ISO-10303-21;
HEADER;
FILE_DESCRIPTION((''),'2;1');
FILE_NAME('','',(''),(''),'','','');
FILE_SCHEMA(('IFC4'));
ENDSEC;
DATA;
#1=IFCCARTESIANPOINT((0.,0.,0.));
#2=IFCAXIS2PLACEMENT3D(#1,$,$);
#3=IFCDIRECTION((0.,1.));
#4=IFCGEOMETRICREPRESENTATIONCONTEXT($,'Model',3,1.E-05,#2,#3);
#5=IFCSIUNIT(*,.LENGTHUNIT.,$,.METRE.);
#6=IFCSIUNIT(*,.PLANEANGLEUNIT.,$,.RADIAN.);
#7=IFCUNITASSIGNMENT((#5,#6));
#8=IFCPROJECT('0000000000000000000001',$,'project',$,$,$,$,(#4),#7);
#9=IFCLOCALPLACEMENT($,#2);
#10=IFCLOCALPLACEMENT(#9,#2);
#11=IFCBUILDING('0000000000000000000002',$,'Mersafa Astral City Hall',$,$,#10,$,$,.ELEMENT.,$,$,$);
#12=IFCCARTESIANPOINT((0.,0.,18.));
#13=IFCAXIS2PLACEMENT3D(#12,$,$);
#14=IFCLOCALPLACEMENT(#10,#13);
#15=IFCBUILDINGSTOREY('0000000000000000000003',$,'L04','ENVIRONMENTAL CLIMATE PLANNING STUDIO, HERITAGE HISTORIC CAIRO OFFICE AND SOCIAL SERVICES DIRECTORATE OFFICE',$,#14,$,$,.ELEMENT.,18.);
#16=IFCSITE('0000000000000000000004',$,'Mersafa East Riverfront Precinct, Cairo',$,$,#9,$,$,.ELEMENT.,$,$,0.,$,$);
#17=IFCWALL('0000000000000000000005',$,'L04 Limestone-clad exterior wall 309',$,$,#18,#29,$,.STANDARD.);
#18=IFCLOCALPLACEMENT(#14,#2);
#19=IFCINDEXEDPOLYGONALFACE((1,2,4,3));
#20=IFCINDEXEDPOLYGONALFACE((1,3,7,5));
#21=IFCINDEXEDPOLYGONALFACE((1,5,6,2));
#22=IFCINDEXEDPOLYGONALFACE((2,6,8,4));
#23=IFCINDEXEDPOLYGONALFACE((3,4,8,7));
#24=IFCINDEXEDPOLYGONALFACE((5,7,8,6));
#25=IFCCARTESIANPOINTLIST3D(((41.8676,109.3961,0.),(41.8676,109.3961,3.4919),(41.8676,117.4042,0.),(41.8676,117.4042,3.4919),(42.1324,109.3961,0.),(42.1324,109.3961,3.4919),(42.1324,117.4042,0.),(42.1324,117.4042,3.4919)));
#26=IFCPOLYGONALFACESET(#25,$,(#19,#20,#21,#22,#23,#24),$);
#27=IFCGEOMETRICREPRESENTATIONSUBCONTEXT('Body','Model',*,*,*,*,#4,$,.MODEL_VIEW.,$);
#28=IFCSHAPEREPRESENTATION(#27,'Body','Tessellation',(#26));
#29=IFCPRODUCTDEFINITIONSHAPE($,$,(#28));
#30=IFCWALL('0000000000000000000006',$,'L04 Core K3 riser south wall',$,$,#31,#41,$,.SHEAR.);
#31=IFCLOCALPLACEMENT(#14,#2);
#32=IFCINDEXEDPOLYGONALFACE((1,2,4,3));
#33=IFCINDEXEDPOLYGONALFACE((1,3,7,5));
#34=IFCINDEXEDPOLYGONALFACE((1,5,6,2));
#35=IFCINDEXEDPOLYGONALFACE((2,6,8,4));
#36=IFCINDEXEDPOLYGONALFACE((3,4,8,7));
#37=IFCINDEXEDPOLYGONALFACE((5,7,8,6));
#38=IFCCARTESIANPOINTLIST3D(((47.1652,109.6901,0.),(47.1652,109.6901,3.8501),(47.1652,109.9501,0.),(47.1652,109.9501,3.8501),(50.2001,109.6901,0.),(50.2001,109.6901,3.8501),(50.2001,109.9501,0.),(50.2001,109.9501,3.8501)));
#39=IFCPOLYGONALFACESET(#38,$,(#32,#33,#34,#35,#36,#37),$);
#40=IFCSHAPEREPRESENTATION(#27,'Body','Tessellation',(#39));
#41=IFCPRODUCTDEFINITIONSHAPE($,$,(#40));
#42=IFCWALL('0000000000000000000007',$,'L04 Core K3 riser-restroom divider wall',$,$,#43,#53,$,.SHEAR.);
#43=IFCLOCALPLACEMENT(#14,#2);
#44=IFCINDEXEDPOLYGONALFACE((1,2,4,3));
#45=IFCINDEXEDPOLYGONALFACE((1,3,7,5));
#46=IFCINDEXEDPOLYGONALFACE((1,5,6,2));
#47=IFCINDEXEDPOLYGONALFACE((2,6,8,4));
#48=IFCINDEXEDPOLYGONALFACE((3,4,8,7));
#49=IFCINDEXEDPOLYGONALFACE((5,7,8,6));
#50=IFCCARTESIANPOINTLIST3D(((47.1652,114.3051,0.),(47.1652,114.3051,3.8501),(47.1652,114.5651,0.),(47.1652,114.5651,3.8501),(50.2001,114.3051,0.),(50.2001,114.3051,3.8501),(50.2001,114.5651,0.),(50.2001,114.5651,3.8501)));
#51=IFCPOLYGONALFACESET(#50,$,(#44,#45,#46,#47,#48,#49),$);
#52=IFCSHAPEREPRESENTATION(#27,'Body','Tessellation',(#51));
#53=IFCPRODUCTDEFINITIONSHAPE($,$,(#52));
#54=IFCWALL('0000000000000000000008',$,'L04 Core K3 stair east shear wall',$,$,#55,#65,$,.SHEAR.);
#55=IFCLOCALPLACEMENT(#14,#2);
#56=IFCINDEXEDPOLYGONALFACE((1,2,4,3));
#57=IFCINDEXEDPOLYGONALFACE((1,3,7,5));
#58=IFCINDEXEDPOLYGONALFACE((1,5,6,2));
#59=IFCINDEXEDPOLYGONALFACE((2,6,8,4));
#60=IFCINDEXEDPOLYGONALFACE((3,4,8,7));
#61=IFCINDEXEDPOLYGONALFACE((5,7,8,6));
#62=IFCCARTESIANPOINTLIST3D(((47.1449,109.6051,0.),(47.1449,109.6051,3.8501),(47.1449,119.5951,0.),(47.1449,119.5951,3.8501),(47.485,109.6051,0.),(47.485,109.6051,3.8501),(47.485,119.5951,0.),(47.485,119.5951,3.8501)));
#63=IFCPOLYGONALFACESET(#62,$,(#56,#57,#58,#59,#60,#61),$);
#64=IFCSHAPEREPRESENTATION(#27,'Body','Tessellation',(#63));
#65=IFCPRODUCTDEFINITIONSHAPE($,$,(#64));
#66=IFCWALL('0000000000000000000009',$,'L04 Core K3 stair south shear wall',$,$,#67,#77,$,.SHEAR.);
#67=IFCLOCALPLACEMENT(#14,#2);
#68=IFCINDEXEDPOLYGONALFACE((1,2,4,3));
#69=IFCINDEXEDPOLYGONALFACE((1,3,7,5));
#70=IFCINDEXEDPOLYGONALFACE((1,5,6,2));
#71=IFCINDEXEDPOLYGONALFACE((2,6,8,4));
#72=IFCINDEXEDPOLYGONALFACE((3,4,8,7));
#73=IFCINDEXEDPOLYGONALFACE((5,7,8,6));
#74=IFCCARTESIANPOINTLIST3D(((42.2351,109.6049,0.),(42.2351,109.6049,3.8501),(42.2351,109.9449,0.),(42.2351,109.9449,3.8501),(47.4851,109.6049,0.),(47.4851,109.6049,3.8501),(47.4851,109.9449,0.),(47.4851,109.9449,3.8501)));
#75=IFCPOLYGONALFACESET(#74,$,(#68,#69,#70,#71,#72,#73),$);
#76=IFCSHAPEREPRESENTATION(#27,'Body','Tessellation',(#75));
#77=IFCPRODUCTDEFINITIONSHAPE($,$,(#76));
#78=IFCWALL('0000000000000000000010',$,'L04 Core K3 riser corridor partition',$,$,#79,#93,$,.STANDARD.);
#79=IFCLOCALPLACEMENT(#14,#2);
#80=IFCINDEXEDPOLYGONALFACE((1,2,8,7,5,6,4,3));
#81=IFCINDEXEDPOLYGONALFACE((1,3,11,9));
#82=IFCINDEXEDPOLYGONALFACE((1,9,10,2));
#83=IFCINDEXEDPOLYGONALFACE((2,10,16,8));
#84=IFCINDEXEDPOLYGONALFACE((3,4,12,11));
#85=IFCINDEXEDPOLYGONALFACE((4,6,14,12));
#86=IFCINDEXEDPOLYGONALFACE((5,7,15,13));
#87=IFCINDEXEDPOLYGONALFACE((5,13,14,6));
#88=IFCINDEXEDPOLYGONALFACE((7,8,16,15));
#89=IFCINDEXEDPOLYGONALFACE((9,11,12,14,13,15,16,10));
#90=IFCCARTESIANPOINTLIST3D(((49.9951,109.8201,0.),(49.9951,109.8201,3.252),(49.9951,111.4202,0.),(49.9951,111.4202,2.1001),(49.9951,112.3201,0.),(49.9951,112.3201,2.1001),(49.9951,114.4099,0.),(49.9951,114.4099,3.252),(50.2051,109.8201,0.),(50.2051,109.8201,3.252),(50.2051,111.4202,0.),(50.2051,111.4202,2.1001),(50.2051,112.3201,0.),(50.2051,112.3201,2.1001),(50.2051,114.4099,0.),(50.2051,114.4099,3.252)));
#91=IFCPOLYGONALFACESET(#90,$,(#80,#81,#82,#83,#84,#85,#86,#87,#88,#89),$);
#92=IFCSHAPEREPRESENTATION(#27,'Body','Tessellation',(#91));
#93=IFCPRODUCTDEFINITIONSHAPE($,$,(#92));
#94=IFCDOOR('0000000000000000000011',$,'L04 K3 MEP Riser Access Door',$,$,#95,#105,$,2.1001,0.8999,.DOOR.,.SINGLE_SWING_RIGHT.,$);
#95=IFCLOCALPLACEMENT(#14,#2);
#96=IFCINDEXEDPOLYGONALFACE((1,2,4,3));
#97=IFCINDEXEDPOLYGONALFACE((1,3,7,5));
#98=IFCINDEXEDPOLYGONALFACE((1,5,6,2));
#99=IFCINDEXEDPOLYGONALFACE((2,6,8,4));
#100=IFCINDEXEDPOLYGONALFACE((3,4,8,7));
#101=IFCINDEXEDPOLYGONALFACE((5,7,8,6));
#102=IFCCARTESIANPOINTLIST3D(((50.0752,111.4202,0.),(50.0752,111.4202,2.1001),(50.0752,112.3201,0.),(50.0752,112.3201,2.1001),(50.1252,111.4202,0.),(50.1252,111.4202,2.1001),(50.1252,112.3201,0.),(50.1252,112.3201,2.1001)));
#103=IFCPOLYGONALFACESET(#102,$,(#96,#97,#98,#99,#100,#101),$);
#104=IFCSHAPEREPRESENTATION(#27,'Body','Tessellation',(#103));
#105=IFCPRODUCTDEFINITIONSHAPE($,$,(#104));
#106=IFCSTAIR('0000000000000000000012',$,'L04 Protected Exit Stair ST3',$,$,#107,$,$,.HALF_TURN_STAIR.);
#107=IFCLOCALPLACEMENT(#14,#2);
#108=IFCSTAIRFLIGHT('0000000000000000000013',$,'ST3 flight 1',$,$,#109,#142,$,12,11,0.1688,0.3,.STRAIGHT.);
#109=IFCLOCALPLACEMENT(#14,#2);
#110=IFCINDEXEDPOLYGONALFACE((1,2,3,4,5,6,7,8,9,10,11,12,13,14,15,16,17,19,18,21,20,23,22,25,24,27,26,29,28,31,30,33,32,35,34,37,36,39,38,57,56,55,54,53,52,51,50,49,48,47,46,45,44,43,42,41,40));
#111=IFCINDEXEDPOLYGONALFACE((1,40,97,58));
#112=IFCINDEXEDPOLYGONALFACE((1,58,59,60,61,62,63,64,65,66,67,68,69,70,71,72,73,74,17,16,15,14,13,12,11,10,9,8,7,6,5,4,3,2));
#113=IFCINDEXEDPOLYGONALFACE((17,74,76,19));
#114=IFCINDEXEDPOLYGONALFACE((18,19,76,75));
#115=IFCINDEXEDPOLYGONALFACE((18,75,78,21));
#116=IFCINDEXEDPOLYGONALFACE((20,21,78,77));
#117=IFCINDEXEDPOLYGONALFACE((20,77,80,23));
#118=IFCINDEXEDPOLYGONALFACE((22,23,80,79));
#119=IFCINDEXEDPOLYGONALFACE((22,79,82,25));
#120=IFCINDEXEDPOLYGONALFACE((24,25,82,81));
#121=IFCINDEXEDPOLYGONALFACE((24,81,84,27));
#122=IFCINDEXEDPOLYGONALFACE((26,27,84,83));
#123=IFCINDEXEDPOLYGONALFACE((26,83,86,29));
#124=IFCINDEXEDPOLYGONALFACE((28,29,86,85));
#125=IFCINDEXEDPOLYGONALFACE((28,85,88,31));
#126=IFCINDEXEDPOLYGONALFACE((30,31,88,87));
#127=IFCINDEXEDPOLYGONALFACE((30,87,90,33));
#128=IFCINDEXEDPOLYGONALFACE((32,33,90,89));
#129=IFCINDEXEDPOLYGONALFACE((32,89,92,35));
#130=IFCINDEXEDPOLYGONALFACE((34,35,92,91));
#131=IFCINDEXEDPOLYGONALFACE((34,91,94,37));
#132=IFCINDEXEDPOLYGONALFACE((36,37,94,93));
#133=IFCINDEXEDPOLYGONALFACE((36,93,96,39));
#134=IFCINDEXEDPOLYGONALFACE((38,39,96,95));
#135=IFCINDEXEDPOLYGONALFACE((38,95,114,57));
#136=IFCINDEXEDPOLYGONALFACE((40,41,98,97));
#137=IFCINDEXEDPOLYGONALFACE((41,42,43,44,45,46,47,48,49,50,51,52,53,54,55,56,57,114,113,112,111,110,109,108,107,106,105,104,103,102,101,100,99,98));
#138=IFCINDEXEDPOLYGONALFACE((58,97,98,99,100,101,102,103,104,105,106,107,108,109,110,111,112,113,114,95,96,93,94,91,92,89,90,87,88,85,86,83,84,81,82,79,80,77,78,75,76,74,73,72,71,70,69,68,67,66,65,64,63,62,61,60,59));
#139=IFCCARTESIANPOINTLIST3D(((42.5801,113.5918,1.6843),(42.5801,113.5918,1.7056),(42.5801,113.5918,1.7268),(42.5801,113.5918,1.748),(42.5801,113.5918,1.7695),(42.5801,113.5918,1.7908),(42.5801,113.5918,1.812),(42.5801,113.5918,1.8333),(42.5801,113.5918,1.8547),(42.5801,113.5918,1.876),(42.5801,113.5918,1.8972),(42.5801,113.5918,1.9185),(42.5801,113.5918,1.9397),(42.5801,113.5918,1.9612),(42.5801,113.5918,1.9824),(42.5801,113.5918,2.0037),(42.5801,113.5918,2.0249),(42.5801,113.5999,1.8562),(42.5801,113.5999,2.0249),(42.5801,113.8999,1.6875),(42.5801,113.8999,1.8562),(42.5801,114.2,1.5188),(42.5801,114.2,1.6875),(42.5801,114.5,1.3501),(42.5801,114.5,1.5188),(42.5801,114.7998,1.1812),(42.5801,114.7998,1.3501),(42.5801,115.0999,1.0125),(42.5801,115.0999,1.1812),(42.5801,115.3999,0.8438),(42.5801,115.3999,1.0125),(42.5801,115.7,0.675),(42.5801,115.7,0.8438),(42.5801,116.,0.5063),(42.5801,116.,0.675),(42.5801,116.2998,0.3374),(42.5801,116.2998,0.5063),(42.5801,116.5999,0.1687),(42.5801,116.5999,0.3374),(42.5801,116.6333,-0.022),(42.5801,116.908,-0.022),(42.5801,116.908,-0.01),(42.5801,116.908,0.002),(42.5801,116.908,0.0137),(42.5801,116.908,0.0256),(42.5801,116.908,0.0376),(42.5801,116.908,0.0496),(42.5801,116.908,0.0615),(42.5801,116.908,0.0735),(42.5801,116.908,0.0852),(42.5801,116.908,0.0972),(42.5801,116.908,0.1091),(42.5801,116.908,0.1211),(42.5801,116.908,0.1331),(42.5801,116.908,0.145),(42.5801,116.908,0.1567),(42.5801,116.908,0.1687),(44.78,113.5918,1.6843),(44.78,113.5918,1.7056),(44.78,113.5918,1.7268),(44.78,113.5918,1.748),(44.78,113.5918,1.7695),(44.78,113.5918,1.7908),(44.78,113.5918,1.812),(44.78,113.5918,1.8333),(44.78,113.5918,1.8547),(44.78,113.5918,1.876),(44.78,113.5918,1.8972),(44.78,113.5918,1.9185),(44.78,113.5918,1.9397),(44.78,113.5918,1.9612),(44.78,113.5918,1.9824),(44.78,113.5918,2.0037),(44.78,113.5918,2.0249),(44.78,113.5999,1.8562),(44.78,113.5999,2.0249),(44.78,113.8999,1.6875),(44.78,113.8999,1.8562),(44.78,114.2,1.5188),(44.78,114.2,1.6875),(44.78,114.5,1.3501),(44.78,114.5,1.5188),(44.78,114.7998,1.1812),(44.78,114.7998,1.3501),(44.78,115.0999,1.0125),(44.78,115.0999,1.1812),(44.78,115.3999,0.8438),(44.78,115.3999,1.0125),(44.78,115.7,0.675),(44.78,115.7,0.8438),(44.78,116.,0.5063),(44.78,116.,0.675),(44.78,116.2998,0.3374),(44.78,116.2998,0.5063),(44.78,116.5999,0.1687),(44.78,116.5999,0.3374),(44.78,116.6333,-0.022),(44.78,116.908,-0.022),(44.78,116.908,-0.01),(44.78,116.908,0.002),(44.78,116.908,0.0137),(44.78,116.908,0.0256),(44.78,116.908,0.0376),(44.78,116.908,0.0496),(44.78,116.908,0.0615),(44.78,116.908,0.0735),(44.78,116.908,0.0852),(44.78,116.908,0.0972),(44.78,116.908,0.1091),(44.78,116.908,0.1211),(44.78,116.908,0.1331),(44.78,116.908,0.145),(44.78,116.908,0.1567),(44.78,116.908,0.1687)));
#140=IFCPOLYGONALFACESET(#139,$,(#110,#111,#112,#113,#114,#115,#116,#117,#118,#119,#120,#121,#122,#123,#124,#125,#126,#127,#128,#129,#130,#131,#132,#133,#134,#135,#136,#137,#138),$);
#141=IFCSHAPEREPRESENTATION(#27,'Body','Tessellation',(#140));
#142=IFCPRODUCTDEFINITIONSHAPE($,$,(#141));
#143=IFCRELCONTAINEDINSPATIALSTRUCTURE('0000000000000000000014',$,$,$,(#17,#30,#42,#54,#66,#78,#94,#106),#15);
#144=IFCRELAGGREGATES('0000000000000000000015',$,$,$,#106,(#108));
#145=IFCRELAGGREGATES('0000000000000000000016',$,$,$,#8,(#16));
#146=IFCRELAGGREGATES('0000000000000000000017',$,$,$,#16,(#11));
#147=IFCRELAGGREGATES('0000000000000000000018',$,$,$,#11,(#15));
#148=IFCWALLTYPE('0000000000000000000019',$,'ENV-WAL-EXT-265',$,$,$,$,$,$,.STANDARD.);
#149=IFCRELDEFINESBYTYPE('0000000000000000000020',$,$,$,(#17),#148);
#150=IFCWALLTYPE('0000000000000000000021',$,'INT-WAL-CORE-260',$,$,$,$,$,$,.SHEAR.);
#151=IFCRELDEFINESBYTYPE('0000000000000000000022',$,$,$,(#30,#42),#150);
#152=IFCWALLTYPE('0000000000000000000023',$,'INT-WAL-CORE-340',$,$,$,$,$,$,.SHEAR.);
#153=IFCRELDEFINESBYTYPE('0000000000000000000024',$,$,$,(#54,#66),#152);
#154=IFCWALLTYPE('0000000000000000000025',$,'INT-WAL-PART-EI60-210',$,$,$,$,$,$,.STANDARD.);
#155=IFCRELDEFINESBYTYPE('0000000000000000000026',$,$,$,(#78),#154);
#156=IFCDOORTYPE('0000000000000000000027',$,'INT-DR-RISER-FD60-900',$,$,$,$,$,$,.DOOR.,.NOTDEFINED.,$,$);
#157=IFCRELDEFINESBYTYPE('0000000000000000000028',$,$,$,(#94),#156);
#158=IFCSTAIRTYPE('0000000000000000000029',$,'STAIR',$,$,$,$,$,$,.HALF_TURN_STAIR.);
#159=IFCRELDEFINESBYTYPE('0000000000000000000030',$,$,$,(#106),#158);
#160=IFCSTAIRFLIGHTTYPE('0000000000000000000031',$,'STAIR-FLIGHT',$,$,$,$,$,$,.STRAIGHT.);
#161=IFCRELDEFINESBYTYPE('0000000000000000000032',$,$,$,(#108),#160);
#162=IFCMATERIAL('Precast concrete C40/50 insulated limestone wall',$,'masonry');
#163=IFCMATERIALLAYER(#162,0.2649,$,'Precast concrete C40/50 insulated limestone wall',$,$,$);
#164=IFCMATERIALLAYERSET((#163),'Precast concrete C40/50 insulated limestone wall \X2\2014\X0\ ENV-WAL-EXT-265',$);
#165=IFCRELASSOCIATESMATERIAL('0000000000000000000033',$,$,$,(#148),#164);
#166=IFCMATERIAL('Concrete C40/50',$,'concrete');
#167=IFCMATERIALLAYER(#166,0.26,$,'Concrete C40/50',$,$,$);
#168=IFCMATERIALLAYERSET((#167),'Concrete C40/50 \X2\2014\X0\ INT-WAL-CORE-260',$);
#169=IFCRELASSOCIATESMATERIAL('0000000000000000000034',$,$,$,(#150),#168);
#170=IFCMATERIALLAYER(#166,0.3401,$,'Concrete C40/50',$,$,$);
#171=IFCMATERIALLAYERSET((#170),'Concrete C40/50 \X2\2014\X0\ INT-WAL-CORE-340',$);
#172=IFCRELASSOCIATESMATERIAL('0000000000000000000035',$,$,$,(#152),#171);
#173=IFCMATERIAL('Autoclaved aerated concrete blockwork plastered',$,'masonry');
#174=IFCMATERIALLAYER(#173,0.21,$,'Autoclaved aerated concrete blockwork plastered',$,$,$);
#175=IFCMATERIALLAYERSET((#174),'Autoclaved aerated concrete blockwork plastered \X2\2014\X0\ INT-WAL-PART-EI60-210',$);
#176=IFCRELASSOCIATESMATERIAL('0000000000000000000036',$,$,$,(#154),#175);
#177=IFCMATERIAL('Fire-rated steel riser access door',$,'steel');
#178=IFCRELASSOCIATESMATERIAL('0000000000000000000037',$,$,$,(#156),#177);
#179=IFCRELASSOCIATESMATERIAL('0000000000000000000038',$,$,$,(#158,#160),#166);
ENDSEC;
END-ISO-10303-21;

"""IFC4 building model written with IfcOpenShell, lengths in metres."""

from ifc_helpers import new_model, si_unit, direction, frame, frame_2d, origin, place, context, subcontext, project, spatial, polyline, rectangle, outline, extrude, material, layer, layer_set, type_object, element, fill, aggregate, save


model = new_model("IFC4")

# Units and contexts
model_context = context("Model", 3, precision=1e-05, world=origin(), true_north=direction((0.0, 1.0)))
body_context = subcontext(model_context, "Body", "Model", "MODEL_VIEW")
ifc_project = project(units=[si_unit("LENGTHUNIT", "METRE"), si_unit("PLANEANGLEUNIT", "RADIAN")], contexts=[model_context])

# Site, building, storey
site_placement = place(None, origin())
site = spatial("IfcSite", under=ifc_project, at=site_placement, Name="Mersafa East Riverfront Precinct, Cairo", CompositionType="ELEMENT", RefElevation=0.0)
building_placement = place(site_placement, origin())
building = spatial("IfcBuilding", under=site, at=building_placement, Name="Mersafa Astral City Hall", CompositionType="ELEMENT")
storey_placement = place(building_placement, frame((0.0, 0.0, 18.0)))
storey = spatial("IfcBuildingStorey", under=building, at=storey_placement, Name="L04", Description="ENVIRONMENTAL CLIMATE PLANNING STUDIO, HERITAGE HISTORIC CAIRO OFFICE AND SOCIAL SERVICES DIRECTORATE OFFICE", CompositionType="ELEMENT", Elevation=18.0)

# Walls
ifc_material_1 = material(Name="Precast concrete C40/50 insulated limestone wall", Category="masonry")
ifc_layer_1 = layer(ifc_material_1, 0.2649, Name="Precast concrete C40/50 insulated limestone wall")
ifc_layer_set_1 = layer_set([ifc_layer_1], Name="Precast concrete C40/50 insulated limestone wall — ENV-WAL-EXT-265")
wall_type_1 = type_object("IfcWallType", Name="ENV-WAL-EXT-265", PredefinedType="STANDARD", material=ifc_layer_set_1)
wall_1_placement = place(storey_placement, frame((42.0, 117.4041, 0.0), z_axis=(0.0, 0.0, 1.0), x_axis=(0.0, -1.0, 0.0)))
element("IfcWall", 1, at=wall_1_placement, inside=storey, type_object=wall_type_1, Name="L04 Limestone-clad exterior wall 309", PredefinedType="STANDARD", context=body_context, shape_type="SweptSolid", body=[
    extrude(rectangle(XDim=8.0081, YDim=0.2649, at=frame_2d((4.0039, 0.0))), origin(), (0.0, 0.0, 1.0), 3.4919),
])
ifc_material_2 = material(Name="Concrete C40/50", Category="concrete")
ifc_layer_2 = layer(ifc_material_2, 0.26, Name="Concrete C40/50")
ifc_layer_set_2 = layer_set([ifc_layer_2], Name="Concrete C40/50 — INT-WAL-CORE-260")
wall_type_2 = type_object("IfcWallType", Name="INT-WAL-CORE-260", PredefinedType="SHEAR", material=ifc_layer_set_2)
for number, where, z_axis, x_axis, name in (
    (2, (47.165, 109.8201, 0.0), (0.0, 0.0, 1.0), (1.0, 0.0, 0.0), "L04 Core K3 riser south wall"),
    (3, (47.165, 114.4351, 0.0), (0.0, 0.0, 1.0), (1.0, 0.0, 0.0), "L04 Core K3 riser-restroom divider wall"),
):
    element("IfcWall", number, at=place(storey_placement, frame(where, z_axis=z_axis, x_axis=x_axis)), inside=storey, type_object=wall_type_2, Name=name, PredefinedType="SHEAR", context=body_context, shape_type="SweptSolid", body=[
        extrude(rectangle(XDim=3.0349, YDim=0.26, at=frame_2d((1.5176, 0.0))), origin(), (0.0, 0.0, 1.0), 3.8501),
    ])
ifc_layer_3 = layer(ifc_material_2, 0.3401, Name="Concrete C40/50")
ifc_layer_set_3 = layer_set([ifc_layer_3], Name="Concrete C40/50 — INT-WAL-CORE-340")
wall_type_3 = type_object("IfcWallType", Name="INT-WAL-CORE-340", PredefinedType="SHEAR", material=ifc_layer_set_3)
wall_2_placement = place(storey_placement, frame((47.3149, 109.605, 0.0), z_axis=(0.0, 0.0, 1.0), x_axis=(0.0, 1.0, 0.0)))
element("IfcWall", 4, at=wall_2_placement, inside=storey, type_object=wall_type_3, Name="L04 Core K3 stair east shear wall", PredefinedType="SHEAR", context=body_context, shape_type="SweptSolid", body=[
    extrude(rectangle(XDim=9.99, YDim=0.3401, at=frame_2d((4.9951, 0.0))), origin(), (0.0, 0.0, 1.0), 3.8501),
])
wall_3_placement = place(storey_placement, frame((42.2351, 109.7749, 0.0), z_axis=(0.0, 0.0, 1.0), x_axis=(1.0, 0.0, 0.0)))
element("IfcWall", 5, at=wall_3_placement, inside=storey, type_object=wall_type_3, Name="L04 Core K3 stair south shear wall", PredefinedType="SHEAR", context=body_context, shape_type="SweptSolid", body=[
    extrude(rectangle(XDim=5.25, YDim=0.3401, at=frame_2d((2.625, 0.0))), origin(), (0.0, 0.0, 1.0), 3.8501),
])

# Wall, opening, door
ifc_material_3 = material(Name="Autoclaved aerated concrete blockwork plastered", Category="masonry")
ifc_layer_4 = layer(ifc_material_3, 0.21, Name="Autoclaved aerated concrete blockwork plastered")
ifc_layer_set_4 = layer_set([ifc_layer_4], Name="Autoclaved aerated concrete blockwork plastered — INT-WAL-PART-EI60-210")
wall_type_4 = type_object("IfcWallType", Name="INT-WAL-PART-EI60-210", PredefinedType="STANDARD", material=ifc_layer_set_4)
wall_4_placement = place(storey_placement, frame((50.1001, 109.8201, 0.0), z_axis=(0.0, 0.0, 1.0), x_axis=(0.0, 1.0, 0.0)))
wall_4 = element("IfcWall", 6, at=wall_4_placement, inside=storey, type_object=wall_type_4, Name="L04 Core K3 riser corridor partition", PredefinedType="STANDARD", context=body_context, shape_type="SweptSolid", body=[
    extrude(rectangle(XDim=4.5898, YDim=0.21, at=frame_2d((2.2949, 0.0))), origin(), (0.0, 0.0, 1.0), 3.252),
])
opening_1_placement = place(wall_4_placement, frame((1.6001, 0.0, 0.0)))
opening_1 = element("IfcOpeningElement", 7, at=opening_1_placement, cuts=wall_4, PredefinedType="OPENING", context=body_context, shape_type="SweptSolid", body=[
    extrude(rectangle(XDim=0.8999, YDim=2.1001, at=frame_2d((0.45, 1.05))), frame((0.0, 0.115, 0.0), z_axis=(0.0, -1.0, 0.0), x_axis=(1.0, 0.0, 0.0)), (0.0, 0.0, 1.0), 0.23),
])
ifc_material_4 = material(Name="Fire-rated steel riser access door", Category="steel")
door_type_1 = type_object("IfcDoorType", Name="INT-DR-RISER-FD60-900", OperationType="NOTDEFINED", PredefinedType="DOOR", material=ifc_material_4)
door_1_placement = place(opening_1_placement, origin())
door_1 = element("IfcDoor", 8, at=door_1_placement, inside=storey, type_object=door_type_1, Name="L04 K3 MEP Riser Access Door", OperationType="SINGLE_SWING_RIGHT", OverallHeight=2.1001, OverallWidth=0.8999, PredefinedType="DOOR", context=body_context, shape_type="SweptSolid", body=[
    extrude(rectangle(XDim=0.8999, YDim=2.1001, at=frame_2d((0.45, 1.05))), frame((0.0, 0.0249, 0.0), z_axis=(0.0, -1.0, 0.0), x_axis=(1.0, 0.0, 0.0)), (0.0, 0.0, 1.0), 0.05),
])
fill(opening_1, door_1)

# Stair, stair flight
stair_type = type_object("IfcStairType", Name="STAIR", PredefinedType="HALF_TURN_STAIR", material=ifc_material_2)
stair_placement = place(storey_placement, origin())
stair = element("IfcStair", 9, at=stair_placement, inside=storey, type_object=stair_type, Name="L04 Protected Exit Stair ST3", PredefinedType="HALF_TURN_STAIR")
stair_flight_type = type_object("IfcStairFlightType", Name="STAIR-FLIGHT", PredefinedType="STRAIGHT", material=ifc_material_2)
stair_flight_1_placement = place(storey_placement, frame((43.6799, 116.8999, 0.0), z_axis=(0.0, 0.0, 1.0), x_axis=(0.0, -1.0, 0.0)))
stair_flight_1 = element("IfcStairFlight", 10, at=stair_flight_1_placement, type_object=stair_flight_type, Name="ST3 flight 1", NumberOfRisers=12, NumberOfTreads=11, PredefinedType="STRAIGHT", RiserHeight=0.1688, TreadLength=0.3, context=body_context, shape_type="SweptSolid", body=[
    extrude(outline(polyline([(-0.0081, -0.022), (-0.0081, -0.01), (-0.0081, 0.002), (-0.0081, 0.0137), (-0.0081, 0.0256), (-0.0081, 0.0376), (-0.0081, 0.0496), (-0.0081, 0.0615), (-0.0081, 0.0735), (-0.0081, 0.0852), (-0.0081, 0.0972), (-0.0081, 0.1091), (-0.0081, 0.1211), (-0.0081, 0.1331), (-0.0081, 0.145), (-0.0081, 0.1567), (-0.0081, 0.1687), (0.3, 0.1687), (0.3, 0.3374), (0.6001, 0.3374), (0.6001, 0.5063), (0.8999, 0.5063), (0.8999, 0.675), (1.2, 0.675), (1.2, 0.8438), (1.5, 0.8438), (1.5, 1.0125), (1.8, 1.0125), (1.8, 1.1812), (2.1001, 1.1812), (2.1001, 1.3501), (2.3999, 1.3501), (2.3999, 1.5188), (2.7, 1.5188), (2.7, 1.6875), (3.0, 1.6875), (3.0, 1.8562), (3.3, 1.8562), (3.3, 2.0249), (3.3081, 2.0249), (3.3081, 2.0037), (3.3081, 1.9824), (3.3081, 1.9612), (3.3081, 1.9397), (3.3081, 1.9185), (3.3081, 1.8972), (3.3081, 1.876), (3.3081, 1.8547), (3.3081, 1.8333), (3.3081, 1.812), (3.3081, 1.7908), (3.3081, 1.7695), (3.3081, 1.748), (3.3081, 1.7268), (3.3081, 1.7056), (3.3081, 1.6843), (0.2666, -0.022), (-0.0081, -0.022)])), frame((0.0, 1.1001, 0.0), z_axis=(0.0, -1.0, 0.0), x_axis=(1.0, 0.0, 0.0)), (0.0, 0.0, 1.0), 2.2),
])
aggregate(stair, [stair_flight_1])

save(model, "model.ifc")
